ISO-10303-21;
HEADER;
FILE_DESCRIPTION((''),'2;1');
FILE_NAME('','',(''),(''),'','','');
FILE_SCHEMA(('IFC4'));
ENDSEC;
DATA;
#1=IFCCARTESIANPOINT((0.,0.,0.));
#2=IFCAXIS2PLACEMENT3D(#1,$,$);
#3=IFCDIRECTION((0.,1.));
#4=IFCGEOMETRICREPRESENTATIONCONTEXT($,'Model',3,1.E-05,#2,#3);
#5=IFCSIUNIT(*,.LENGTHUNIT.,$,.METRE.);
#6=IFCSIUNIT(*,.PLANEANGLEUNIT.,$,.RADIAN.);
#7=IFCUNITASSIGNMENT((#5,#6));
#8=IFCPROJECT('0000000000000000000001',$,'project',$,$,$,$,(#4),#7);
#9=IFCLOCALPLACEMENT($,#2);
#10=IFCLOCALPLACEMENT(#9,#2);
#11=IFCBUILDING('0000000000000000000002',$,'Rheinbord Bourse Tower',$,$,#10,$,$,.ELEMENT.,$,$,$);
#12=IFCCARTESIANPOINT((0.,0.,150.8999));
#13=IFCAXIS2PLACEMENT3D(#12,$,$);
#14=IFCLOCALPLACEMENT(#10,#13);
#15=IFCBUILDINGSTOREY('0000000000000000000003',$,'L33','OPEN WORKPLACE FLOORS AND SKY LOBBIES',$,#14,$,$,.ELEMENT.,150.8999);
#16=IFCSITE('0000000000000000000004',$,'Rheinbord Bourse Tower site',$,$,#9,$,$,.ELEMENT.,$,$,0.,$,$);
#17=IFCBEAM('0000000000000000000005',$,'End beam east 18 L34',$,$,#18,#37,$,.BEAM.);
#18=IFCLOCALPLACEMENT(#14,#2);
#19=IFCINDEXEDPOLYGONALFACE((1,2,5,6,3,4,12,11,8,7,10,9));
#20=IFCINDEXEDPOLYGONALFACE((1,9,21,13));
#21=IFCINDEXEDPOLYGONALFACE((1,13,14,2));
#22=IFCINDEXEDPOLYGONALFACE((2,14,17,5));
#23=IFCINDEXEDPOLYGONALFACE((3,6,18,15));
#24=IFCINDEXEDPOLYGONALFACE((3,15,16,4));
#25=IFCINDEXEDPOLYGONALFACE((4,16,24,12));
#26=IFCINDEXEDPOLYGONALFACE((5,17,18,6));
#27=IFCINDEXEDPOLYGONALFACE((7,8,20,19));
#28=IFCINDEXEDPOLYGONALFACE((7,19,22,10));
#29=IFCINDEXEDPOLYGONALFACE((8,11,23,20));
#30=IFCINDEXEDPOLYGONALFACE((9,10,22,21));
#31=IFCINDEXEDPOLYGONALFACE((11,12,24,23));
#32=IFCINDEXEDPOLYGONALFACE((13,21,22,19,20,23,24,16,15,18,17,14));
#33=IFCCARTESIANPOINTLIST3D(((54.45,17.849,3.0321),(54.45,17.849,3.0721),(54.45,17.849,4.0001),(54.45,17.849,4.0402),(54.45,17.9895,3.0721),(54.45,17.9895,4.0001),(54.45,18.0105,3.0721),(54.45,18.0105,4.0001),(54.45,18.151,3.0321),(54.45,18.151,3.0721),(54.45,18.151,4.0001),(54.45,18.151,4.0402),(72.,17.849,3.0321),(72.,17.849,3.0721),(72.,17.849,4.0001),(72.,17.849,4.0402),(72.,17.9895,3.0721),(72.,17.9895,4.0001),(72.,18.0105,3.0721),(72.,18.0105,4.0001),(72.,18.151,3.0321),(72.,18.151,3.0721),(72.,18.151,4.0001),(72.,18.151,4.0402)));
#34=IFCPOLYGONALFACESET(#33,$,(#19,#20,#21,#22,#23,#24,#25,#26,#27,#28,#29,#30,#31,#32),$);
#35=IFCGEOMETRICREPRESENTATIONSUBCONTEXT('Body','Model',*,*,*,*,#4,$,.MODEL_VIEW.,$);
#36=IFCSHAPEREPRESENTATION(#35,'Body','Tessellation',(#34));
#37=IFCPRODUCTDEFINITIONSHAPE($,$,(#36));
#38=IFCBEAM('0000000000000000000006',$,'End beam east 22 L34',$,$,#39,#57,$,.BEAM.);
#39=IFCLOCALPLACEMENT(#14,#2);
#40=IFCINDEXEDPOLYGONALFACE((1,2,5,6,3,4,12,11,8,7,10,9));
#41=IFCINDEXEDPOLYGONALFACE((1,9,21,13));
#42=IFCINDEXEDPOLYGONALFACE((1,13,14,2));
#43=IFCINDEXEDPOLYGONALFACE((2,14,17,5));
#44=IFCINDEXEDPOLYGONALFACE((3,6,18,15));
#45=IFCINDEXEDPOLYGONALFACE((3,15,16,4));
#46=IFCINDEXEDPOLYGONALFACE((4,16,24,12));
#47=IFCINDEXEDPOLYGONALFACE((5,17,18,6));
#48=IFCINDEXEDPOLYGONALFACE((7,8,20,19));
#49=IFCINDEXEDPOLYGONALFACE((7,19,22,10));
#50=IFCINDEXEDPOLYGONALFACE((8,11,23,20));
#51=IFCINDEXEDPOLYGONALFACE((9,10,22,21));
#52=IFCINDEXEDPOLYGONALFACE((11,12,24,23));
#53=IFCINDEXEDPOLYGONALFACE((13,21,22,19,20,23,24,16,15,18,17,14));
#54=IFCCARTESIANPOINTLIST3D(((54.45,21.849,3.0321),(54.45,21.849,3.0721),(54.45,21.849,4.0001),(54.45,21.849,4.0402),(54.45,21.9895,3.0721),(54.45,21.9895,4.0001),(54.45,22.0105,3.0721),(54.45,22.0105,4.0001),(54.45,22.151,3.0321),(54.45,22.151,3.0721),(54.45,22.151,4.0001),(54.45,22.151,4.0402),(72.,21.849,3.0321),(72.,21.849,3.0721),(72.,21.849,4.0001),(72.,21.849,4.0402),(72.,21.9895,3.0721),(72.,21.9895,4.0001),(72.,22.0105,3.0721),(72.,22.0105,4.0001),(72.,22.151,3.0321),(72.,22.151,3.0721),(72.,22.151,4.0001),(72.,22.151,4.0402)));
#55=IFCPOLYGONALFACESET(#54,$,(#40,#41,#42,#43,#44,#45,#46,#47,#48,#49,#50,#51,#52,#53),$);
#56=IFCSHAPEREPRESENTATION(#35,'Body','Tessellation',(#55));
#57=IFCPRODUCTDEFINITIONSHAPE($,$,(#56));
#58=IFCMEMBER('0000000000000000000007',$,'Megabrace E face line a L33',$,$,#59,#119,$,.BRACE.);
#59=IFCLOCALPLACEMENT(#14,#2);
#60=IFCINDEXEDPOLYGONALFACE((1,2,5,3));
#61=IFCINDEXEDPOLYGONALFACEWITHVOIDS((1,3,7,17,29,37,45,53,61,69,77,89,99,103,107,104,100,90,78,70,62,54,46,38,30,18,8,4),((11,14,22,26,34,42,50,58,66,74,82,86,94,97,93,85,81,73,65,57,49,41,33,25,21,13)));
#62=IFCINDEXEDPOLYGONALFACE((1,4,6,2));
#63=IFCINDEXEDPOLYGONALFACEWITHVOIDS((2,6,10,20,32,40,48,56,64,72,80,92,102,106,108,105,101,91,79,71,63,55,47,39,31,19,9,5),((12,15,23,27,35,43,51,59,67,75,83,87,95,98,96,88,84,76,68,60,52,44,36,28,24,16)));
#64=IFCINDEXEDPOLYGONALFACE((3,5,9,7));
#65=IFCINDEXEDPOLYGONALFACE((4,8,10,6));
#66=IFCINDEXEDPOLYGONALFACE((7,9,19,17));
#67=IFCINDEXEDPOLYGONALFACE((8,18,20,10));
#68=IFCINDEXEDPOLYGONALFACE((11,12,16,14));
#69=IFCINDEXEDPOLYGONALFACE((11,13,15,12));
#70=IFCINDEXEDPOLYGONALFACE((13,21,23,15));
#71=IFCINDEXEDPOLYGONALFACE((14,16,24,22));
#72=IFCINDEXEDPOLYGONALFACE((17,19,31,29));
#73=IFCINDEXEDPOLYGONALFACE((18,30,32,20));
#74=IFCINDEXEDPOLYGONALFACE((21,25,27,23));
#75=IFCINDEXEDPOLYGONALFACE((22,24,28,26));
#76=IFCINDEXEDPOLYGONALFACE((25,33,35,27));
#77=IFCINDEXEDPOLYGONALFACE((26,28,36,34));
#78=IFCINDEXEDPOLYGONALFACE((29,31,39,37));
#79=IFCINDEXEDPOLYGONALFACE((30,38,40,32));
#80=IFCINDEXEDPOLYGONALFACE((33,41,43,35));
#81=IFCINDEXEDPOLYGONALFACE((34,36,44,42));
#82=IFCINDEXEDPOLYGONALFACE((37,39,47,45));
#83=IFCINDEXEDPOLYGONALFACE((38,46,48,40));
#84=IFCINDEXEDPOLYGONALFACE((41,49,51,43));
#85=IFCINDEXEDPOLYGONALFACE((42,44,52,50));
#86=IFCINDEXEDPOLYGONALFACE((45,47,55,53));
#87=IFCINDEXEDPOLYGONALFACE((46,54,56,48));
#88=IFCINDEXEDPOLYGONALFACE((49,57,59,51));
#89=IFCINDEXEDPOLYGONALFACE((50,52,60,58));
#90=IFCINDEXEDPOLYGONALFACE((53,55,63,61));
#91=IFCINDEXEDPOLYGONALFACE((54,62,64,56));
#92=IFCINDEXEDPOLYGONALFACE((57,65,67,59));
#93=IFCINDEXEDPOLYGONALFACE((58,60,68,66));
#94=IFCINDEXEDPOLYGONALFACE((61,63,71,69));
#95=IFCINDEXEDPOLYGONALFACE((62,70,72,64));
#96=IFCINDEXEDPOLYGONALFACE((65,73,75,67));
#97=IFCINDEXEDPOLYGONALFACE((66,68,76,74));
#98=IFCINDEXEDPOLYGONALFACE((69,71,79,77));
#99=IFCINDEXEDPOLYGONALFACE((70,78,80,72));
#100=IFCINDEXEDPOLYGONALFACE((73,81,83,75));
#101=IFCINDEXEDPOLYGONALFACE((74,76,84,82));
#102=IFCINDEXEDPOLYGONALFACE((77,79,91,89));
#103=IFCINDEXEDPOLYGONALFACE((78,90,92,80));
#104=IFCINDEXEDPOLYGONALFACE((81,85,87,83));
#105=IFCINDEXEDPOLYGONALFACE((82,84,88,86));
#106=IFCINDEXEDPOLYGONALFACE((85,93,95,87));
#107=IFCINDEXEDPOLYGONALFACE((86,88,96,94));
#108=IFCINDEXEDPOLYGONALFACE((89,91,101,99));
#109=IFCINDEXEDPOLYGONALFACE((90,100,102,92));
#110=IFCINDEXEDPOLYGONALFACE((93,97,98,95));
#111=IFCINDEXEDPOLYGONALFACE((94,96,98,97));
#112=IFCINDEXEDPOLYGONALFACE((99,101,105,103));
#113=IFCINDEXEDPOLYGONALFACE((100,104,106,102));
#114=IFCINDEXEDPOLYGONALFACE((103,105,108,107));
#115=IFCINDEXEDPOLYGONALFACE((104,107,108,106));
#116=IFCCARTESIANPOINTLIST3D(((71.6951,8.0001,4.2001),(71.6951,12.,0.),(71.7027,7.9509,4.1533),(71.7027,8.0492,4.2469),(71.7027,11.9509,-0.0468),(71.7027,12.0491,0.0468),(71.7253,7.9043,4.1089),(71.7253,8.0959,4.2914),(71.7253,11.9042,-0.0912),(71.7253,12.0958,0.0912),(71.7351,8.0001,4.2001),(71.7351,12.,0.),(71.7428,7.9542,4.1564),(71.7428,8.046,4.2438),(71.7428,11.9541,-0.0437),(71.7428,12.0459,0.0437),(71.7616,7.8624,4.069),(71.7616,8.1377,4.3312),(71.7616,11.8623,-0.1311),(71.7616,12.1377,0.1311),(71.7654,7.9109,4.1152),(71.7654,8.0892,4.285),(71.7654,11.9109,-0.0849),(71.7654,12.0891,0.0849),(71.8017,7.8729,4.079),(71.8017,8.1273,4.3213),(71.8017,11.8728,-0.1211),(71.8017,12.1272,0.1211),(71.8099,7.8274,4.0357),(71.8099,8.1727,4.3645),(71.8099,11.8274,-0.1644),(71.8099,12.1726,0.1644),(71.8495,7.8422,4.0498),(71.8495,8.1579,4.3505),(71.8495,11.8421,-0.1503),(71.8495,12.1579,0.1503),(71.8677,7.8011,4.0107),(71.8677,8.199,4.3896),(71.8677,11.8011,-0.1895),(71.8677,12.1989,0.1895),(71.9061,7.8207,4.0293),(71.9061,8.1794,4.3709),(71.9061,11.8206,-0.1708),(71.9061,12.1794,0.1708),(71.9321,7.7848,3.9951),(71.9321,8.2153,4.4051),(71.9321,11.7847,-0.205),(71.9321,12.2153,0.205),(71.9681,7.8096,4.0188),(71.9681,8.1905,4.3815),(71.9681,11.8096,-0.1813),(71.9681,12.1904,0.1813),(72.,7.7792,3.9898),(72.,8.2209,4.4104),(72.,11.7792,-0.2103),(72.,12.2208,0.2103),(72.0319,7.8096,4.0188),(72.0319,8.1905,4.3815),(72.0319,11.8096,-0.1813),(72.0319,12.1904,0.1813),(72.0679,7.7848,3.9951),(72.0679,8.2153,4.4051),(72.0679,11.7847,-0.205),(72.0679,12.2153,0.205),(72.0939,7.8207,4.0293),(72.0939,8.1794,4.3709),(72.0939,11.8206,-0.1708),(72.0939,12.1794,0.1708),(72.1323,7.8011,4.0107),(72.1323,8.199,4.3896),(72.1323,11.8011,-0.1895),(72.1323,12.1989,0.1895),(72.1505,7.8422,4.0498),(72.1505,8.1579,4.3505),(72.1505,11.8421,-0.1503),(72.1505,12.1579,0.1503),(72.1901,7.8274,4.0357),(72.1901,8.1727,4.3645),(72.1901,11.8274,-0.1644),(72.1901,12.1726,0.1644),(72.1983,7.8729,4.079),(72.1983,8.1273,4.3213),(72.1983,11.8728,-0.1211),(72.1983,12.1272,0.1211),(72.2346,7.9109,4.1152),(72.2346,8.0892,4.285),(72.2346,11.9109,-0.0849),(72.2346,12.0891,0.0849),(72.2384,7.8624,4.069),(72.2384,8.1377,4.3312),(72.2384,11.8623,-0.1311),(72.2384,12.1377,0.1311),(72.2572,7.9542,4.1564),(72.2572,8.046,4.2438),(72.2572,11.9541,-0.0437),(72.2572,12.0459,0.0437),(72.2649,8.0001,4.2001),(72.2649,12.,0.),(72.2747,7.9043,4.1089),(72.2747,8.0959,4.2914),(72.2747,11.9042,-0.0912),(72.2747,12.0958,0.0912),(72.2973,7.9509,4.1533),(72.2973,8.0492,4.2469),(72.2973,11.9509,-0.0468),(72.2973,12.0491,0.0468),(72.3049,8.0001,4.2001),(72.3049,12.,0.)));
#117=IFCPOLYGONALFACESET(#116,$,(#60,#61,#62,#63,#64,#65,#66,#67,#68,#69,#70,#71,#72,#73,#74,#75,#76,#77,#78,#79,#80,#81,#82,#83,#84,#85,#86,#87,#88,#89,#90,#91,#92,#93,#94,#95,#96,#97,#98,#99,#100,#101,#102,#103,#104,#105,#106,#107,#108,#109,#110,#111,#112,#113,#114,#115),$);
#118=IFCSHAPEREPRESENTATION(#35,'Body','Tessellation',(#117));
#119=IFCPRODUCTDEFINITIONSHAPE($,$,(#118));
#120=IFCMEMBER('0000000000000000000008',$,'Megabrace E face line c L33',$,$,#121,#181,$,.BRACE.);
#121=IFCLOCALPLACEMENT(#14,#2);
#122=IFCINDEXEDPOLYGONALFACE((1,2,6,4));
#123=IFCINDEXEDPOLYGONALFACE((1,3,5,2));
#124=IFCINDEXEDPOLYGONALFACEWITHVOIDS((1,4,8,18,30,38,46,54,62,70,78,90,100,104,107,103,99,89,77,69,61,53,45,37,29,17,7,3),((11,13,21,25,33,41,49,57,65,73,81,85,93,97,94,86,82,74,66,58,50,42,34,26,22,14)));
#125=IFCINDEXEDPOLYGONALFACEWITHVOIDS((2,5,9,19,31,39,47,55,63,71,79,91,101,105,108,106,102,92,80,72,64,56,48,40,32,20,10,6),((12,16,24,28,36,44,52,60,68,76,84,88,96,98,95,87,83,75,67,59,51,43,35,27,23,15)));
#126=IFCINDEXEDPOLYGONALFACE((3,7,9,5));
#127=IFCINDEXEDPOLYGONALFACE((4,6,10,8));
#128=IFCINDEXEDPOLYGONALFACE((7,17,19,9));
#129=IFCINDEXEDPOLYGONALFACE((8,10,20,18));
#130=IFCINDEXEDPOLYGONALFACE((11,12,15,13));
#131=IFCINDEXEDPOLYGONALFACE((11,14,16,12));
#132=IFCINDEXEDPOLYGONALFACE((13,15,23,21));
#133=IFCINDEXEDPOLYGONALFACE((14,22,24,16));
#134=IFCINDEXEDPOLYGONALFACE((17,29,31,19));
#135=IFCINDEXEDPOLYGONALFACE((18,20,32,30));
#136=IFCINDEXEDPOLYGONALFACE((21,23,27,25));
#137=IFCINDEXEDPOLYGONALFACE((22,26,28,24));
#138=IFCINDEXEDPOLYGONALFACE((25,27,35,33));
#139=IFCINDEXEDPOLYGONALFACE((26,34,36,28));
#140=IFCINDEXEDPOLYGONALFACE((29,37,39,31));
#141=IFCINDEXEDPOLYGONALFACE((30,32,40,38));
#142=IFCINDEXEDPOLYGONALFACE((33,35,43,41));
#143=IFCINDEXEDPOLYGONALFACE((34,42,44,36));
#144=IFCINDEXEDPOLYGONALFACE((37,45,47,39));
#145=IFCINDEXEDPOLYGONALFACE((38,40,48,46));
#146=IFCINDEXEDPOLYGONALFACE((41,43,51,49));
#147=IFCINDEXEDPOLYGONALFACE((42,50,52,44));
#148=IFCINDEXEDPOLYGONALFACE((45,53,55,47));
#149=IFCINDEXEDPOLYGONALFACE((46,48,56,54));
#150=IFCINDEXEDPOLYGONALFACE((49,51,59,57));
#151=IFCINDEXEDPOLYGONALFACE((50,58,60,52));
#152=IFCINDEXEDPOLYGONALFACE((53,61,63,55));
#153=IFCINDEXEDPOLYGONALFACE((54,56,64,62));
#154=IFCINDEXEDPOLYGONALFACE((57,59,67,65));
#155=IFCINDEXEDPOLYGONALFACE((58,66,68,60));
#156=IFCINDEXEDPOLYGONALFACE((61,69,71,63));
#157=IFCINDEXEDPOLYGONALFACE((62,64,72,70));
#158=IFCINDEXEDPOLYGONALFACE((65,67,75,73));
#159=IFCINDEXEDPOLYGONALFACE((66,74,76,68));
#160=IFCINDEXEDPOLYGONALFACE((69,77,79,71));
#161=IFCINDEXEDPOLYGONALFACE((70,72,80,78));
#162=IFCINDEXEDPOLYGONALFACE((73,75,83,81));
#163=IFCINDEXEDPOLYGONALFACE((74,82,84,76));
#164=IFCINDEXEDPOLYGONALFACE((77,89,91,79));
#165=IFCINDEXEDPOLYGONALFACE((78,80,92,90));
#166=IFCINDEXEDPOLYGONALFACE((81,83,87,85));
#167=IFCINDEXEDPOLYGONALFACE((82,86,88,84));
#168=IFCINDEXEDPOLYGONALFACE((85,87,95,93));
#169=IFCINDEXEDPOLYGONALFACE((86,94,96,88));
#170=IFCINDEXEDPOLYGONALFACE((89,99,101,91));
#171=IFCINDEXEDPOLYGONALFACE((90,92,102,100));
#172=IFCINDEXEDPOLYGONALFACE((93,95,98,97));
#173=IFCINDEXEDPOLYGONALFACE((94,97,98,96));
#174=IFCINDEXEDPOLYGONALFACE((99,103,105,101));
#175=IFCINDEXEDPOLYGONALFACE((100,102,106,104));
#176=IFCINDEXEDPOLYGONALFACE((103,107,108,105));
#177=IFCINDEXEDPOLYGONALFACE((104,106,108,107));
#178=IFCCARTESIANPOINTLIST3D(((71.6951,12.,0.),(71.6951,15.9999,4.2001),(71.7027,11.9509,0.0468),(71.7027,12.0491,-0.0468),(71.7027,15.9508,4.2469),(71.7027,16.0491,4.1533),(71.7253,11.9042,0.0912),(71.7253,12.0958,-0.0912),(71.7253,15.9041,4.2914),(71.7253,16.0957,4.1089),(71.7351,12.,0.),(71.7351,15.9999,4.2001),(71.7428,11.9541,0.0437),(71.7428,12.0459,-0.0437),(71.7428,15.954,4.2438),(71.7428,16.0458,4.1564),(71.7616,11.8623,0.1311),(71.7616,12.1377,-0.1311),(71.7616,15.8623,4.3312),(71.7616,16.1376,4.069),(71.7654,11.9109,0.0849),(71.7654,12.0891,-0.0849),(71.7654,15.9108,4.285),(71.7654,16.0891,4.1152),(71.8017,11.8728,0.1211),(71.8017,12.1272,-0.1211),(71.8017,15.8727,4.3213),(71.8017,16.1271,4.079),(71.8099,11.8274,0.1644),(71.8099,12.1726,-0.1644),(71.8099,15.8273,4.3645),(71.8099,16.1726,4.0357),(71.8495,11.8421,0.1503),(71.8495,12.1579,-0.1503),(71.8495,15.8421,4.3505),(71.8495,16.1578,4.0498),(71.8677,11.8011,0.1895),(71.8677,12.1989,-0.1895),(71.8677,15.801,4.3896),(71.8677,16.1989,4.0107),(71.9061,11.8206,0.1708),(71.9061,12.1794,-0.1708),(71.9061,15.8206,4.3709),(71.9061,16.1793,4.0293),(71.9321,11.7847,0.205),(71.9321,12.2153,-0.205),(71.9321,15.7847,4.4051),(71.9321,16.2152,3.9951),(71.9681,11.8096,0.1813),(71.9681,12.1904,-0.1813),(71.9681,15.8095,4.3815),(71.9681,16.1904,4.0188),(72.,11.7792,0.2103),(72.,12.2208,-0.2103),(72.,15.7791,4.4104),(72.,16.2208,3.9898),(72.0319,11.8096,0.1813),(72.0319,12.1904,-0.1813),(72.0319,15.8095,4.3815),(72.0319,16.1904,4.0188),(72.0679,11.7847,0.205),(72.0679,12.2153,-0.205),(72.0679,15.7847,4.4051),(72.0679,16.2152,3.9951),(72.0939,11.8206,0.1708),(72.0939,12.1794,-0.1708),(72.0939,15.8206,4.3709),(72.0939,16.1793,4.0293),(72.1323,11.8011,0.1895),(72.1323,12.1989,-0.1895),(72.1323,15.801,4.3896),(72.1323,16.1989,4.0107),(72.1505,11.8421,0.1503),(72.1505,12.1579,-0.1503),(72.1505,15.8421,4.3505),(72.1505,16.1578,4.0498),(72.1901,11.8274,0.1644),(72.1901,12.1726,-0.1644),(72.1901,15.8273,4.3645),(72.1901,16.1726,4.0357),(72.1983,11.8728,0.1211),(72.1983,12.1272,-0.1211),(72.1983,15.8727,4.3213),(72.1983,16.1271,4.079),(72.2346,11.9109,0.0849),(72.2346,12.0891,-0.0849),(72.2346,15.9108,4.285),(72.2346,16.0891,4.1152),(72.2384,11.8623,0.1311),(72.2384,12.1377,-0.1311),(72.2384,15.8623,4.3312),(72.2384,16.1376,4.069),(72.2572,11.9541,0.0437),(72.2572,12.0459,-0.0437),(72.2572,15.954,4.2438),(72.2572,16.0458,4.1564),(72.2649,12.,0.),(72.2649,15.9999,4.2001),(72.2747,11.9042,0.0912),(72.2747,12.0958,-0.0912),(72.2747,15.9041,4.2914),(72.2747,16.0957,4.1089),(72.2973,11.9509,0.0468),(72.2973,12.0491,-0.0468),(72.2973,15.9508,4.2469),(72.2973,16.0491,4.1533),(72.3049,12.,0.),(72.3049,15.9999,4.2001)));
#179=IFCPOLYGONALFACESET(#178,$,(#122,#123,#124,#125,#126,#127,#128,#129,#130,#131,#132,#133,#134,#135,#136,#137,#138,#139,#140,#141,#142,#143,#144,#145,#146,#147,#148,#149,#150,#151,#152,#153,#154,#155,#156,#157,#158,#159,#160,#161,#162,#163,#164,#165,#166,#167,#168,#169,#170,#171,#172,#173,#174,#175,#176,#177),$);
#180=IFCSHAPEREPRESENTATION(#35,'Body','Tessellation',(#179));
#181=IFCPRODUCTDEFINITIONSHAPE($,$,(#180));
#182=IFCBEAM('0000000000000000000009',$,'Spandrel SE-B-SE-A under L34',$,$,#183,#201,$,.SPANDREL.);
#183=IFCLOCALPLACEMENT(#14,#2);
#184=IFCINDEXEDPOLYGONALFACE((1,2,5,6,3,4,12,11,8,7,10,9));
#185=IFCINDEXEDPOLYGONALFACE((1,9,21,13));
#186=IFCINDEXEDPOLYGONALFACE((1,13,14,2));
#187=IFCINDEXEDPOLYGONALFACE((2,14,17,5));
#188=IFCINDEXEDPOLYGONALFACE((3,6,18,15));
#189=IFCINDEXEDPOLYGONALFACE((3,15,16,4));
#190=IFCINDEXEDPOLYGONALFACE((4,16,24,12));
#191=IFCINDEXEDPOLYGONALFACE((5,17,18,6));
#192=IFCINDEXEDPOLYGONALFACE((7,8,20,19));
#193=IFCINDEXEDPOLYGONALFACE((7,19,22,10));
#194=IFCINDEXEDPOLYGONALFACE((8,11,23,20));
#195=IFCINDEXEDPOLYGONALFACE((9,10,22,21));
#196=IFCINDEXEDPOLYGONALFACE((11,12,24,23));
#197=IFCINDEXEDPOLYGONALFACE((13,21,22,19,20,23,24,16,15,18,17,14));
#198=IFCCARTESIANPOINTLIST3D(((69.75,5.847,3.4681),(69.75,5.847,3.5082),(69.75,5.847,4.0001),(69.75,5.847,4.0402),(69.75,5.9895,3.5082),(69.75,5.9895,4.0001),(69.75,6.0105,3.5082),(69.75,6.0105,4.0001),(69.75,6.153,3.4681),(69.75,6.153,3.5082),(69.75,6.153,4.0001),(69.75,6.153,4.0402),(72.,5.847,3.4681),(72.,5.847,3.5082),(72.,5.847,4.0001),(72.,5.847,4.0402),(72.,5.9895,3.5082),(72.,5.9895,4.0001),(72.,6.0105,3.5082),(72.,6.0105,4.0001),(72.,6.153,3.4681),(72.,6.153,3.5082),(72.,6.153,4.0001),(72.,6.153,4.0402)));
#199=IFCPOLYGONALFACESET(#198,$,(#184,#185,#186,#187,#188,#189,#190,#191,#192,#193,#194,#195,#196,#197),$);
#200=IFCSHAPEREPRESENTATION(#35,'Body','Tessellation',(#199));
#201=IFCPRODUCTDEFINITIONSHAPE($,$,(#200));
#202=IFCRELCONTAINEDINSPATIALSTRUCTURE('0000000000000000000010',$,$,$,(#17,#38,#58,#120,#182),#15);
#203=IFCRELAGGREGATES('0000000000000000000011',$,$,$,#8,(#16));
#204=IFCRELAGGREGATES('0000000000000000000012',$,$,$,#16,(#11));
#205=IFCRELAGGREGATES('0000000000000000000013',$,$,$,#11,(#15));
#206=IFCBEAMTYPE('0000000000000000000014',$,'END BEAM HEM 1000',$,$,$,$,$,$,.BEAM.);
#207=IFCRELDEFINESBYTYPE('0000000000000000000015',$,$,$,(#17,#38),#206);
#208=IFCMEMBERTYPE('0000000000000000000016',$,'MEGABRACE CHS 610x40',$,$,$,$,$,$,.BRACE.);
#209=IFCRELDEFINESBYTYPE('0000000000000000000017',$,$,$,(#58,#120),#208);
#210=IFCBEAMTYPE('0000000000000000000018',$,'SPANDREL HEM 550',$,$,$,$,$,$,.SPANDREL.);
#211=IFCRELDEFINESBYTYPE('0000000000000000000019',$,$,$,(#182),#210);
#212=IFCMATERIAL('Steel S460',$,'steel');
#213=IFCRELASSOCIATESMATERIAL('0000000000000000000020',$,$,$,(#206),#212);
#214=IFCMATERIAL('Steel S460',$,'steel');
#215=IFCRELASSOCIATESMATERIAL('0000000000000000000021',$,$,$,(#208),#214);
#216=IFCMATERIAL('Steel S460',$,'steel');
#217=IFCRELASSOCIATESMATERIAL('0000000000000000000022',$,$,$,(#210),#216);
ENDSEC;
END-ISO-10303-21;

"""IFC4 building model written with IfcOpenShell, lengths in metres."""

from ifc_helpers import new_model, si_unit, direction, frame, origin, origin_2d, place, context, subcontext, project, spatial, hollow_circle, i_section, extrude, material, material_profile, profile_set, type_object, element, save


model = new_model("IFC4")

# Units and contexts
model_context = context("Model", 3, precision=1e-05, world=origin(), true_north=direction((0.0, 1.0)))
body_context = subcontext(model_context, "Body", "Model", "MODEL_VIEW")
ifc_project = project(units=[si_unit("LENGTHUNIT", "METRE"), si_unit("PLANEANGLEUNIT", "RADIAN")], contexts=[model_context])

# Site, building, storey
site_placement = place(None, origin())
site = spatial("IfcSite", under=ifc_project, at=site_placement, Name="Rheinbord Bourse Tower site", CompositionType="ELEMENT", RefElevation=0.0)
building_placement = place(site_placement, origin())
building = spatial("IfcBuilding", under=site, at=building_placement, Name="Rheinbord Bourse Tower", CompositionType="ELEMENT")
storey_placement = place(building_placement, frame((0.0, 0.0, 150.8999)))
storey = spatial("IfcBuildingStorey", under=building, at=storey_placement, Name="L33", Description="OPEN WORKPLACE FLOORS AND SKY LOBBIES", CompositionType="ELEMENT", Elevation=150.8999)

# Beams
ifc_material_1 = material(Name="Steel S460", Category="steel")
ifc_material_profile_1 = material_profile(ifc_material_1, i_section(OverallWidth=0.302, OverallDepth=1.0081, WebThickness=0.021, FlangeThickness=0.04, at=origin_2d()), Name="HEM 1000")
ifc_profile_set_1 = profile_set([ifc_material_profile_1], Name="Steel S460")
beam_type_1 = type_object("IfcBeamType", Name="END BEAM HEM 1000", PredefinedType="BEAM", material=ifc_profile_set_1)
for number, where, z_axis, x_axis, name in (
    (1, (54.45, 18.0, 3.5361), (1.0, 0.0, 0.0), (0.0, 1.0, 0.0), "End beam east 18 L34"),
    (2, (54.45, 22.0, 3.5361), (1.0, 0.0, 0.0), (0.0, 1.0, 0.0), "End beam east 22 L34"),
):
    element("IfcBeam", number, at=place(storey_placement, frame(where, z_axis=z_axis, x_axis=x_axis)), inside=storey, type_object=beam_type_1, Name=name, PredefinedType="BEAM", context=body_context, shape_type="SweptSolid", body=[
        extrude(i_section(OverallWidth=0.302, OverallDepth=1.0081, WebThickness=0.021, FlangeThickness=0.04, at=origin_2d()), origin(), (0.0, 0.0, 1.0), 17.55),
    ])

# Members
ifc_material_2 = material(Name="Steel S460", Category="steel")
ifc_material_profile_2 = material_profile(ifc_material_2, hollow_circle(Radius=0.3049, WallThickness=0.04, at=origin_2d()), Name="CHS 610x40")
ifc_profile_set_2 = profile_set([ifc_material_profile_2], Name="Steel S460")
member_type_1 = type_object("IfcMemberType", Name="MEGABRACE CHS 610x40", PredefinedType="BRACE", material=ifc_profile_set_2)
for number, where, z_axis, x_axis, name in (
    (3, (72.0, 12.0, 0.0), (0.0, -0.689638, 0.724154), (1.0, 0.0, 0.0), "Megabrace E face line a L33"),
    (4, (72.0, 12.0, 0.0), (0.0, 0.689638, 0.724154), (-1.0, 0.0, 0.0), "Megabrace E face line c L33"),
):
    element("IfcMember", number, at=place(storey_placement, frame(where, z_axis=z_axis, x_axis=x_axis)), inside=storey, type_object=member_type_1, Name=name, PredefinedType="BRACE", context=body_context, shape_type="SweptSolid", body=[
        extrude(hollow_circle(Radius=0.3049, WallThickness=0.04, at=origin_2d()), origin(), (0.0, 0.0, 1.0), 5.8),
    ])

# Beam
ifc_material_3 = material(Name="Steel S460", Category="steel")
ifc_material_profile_3 = material_profile(ifc_material_3, i_section(OverallWidth=0.3059, OverallDepth=0.572, WebThickness=0.021, FlangeThickness=0.04, at=origin_2d()), Name="HEM 550")
ifc_profile_set_3 = profile_set([ifc_material_profile_3], Name="Steel S460")
beam_type_2 = type_object("IfcBeamType", Name="SPANDREL HEM 550", PredefinedType="SPANDREL", material=ifc_profile_set_3)
beam_1_placement = place(storey_placement, frame((69.75, 6.0, 3.7542), z_axis=(1.0, 0.0, 0.0), x_axis=(0.0, 1.0, 0.0)))
element("IfcBeam", 5, at=beam_1_placement, inside=storey, type_object=beam_type_2, Name="Spandrel SE-B-SE-A under L34", PredefinedType="SPANDREL", context=body_context, shape_type="SweptSolid", body=[
    extrude(i_section(OverallWidth=0.3059, OverallDepth=0.572, WebThickness=0.021, FlangeThickness=0.04, at=origin_2d()), origin(), (0.0, 0.0, 1.0), 2.25),
])

save(model, "model.ifc")
